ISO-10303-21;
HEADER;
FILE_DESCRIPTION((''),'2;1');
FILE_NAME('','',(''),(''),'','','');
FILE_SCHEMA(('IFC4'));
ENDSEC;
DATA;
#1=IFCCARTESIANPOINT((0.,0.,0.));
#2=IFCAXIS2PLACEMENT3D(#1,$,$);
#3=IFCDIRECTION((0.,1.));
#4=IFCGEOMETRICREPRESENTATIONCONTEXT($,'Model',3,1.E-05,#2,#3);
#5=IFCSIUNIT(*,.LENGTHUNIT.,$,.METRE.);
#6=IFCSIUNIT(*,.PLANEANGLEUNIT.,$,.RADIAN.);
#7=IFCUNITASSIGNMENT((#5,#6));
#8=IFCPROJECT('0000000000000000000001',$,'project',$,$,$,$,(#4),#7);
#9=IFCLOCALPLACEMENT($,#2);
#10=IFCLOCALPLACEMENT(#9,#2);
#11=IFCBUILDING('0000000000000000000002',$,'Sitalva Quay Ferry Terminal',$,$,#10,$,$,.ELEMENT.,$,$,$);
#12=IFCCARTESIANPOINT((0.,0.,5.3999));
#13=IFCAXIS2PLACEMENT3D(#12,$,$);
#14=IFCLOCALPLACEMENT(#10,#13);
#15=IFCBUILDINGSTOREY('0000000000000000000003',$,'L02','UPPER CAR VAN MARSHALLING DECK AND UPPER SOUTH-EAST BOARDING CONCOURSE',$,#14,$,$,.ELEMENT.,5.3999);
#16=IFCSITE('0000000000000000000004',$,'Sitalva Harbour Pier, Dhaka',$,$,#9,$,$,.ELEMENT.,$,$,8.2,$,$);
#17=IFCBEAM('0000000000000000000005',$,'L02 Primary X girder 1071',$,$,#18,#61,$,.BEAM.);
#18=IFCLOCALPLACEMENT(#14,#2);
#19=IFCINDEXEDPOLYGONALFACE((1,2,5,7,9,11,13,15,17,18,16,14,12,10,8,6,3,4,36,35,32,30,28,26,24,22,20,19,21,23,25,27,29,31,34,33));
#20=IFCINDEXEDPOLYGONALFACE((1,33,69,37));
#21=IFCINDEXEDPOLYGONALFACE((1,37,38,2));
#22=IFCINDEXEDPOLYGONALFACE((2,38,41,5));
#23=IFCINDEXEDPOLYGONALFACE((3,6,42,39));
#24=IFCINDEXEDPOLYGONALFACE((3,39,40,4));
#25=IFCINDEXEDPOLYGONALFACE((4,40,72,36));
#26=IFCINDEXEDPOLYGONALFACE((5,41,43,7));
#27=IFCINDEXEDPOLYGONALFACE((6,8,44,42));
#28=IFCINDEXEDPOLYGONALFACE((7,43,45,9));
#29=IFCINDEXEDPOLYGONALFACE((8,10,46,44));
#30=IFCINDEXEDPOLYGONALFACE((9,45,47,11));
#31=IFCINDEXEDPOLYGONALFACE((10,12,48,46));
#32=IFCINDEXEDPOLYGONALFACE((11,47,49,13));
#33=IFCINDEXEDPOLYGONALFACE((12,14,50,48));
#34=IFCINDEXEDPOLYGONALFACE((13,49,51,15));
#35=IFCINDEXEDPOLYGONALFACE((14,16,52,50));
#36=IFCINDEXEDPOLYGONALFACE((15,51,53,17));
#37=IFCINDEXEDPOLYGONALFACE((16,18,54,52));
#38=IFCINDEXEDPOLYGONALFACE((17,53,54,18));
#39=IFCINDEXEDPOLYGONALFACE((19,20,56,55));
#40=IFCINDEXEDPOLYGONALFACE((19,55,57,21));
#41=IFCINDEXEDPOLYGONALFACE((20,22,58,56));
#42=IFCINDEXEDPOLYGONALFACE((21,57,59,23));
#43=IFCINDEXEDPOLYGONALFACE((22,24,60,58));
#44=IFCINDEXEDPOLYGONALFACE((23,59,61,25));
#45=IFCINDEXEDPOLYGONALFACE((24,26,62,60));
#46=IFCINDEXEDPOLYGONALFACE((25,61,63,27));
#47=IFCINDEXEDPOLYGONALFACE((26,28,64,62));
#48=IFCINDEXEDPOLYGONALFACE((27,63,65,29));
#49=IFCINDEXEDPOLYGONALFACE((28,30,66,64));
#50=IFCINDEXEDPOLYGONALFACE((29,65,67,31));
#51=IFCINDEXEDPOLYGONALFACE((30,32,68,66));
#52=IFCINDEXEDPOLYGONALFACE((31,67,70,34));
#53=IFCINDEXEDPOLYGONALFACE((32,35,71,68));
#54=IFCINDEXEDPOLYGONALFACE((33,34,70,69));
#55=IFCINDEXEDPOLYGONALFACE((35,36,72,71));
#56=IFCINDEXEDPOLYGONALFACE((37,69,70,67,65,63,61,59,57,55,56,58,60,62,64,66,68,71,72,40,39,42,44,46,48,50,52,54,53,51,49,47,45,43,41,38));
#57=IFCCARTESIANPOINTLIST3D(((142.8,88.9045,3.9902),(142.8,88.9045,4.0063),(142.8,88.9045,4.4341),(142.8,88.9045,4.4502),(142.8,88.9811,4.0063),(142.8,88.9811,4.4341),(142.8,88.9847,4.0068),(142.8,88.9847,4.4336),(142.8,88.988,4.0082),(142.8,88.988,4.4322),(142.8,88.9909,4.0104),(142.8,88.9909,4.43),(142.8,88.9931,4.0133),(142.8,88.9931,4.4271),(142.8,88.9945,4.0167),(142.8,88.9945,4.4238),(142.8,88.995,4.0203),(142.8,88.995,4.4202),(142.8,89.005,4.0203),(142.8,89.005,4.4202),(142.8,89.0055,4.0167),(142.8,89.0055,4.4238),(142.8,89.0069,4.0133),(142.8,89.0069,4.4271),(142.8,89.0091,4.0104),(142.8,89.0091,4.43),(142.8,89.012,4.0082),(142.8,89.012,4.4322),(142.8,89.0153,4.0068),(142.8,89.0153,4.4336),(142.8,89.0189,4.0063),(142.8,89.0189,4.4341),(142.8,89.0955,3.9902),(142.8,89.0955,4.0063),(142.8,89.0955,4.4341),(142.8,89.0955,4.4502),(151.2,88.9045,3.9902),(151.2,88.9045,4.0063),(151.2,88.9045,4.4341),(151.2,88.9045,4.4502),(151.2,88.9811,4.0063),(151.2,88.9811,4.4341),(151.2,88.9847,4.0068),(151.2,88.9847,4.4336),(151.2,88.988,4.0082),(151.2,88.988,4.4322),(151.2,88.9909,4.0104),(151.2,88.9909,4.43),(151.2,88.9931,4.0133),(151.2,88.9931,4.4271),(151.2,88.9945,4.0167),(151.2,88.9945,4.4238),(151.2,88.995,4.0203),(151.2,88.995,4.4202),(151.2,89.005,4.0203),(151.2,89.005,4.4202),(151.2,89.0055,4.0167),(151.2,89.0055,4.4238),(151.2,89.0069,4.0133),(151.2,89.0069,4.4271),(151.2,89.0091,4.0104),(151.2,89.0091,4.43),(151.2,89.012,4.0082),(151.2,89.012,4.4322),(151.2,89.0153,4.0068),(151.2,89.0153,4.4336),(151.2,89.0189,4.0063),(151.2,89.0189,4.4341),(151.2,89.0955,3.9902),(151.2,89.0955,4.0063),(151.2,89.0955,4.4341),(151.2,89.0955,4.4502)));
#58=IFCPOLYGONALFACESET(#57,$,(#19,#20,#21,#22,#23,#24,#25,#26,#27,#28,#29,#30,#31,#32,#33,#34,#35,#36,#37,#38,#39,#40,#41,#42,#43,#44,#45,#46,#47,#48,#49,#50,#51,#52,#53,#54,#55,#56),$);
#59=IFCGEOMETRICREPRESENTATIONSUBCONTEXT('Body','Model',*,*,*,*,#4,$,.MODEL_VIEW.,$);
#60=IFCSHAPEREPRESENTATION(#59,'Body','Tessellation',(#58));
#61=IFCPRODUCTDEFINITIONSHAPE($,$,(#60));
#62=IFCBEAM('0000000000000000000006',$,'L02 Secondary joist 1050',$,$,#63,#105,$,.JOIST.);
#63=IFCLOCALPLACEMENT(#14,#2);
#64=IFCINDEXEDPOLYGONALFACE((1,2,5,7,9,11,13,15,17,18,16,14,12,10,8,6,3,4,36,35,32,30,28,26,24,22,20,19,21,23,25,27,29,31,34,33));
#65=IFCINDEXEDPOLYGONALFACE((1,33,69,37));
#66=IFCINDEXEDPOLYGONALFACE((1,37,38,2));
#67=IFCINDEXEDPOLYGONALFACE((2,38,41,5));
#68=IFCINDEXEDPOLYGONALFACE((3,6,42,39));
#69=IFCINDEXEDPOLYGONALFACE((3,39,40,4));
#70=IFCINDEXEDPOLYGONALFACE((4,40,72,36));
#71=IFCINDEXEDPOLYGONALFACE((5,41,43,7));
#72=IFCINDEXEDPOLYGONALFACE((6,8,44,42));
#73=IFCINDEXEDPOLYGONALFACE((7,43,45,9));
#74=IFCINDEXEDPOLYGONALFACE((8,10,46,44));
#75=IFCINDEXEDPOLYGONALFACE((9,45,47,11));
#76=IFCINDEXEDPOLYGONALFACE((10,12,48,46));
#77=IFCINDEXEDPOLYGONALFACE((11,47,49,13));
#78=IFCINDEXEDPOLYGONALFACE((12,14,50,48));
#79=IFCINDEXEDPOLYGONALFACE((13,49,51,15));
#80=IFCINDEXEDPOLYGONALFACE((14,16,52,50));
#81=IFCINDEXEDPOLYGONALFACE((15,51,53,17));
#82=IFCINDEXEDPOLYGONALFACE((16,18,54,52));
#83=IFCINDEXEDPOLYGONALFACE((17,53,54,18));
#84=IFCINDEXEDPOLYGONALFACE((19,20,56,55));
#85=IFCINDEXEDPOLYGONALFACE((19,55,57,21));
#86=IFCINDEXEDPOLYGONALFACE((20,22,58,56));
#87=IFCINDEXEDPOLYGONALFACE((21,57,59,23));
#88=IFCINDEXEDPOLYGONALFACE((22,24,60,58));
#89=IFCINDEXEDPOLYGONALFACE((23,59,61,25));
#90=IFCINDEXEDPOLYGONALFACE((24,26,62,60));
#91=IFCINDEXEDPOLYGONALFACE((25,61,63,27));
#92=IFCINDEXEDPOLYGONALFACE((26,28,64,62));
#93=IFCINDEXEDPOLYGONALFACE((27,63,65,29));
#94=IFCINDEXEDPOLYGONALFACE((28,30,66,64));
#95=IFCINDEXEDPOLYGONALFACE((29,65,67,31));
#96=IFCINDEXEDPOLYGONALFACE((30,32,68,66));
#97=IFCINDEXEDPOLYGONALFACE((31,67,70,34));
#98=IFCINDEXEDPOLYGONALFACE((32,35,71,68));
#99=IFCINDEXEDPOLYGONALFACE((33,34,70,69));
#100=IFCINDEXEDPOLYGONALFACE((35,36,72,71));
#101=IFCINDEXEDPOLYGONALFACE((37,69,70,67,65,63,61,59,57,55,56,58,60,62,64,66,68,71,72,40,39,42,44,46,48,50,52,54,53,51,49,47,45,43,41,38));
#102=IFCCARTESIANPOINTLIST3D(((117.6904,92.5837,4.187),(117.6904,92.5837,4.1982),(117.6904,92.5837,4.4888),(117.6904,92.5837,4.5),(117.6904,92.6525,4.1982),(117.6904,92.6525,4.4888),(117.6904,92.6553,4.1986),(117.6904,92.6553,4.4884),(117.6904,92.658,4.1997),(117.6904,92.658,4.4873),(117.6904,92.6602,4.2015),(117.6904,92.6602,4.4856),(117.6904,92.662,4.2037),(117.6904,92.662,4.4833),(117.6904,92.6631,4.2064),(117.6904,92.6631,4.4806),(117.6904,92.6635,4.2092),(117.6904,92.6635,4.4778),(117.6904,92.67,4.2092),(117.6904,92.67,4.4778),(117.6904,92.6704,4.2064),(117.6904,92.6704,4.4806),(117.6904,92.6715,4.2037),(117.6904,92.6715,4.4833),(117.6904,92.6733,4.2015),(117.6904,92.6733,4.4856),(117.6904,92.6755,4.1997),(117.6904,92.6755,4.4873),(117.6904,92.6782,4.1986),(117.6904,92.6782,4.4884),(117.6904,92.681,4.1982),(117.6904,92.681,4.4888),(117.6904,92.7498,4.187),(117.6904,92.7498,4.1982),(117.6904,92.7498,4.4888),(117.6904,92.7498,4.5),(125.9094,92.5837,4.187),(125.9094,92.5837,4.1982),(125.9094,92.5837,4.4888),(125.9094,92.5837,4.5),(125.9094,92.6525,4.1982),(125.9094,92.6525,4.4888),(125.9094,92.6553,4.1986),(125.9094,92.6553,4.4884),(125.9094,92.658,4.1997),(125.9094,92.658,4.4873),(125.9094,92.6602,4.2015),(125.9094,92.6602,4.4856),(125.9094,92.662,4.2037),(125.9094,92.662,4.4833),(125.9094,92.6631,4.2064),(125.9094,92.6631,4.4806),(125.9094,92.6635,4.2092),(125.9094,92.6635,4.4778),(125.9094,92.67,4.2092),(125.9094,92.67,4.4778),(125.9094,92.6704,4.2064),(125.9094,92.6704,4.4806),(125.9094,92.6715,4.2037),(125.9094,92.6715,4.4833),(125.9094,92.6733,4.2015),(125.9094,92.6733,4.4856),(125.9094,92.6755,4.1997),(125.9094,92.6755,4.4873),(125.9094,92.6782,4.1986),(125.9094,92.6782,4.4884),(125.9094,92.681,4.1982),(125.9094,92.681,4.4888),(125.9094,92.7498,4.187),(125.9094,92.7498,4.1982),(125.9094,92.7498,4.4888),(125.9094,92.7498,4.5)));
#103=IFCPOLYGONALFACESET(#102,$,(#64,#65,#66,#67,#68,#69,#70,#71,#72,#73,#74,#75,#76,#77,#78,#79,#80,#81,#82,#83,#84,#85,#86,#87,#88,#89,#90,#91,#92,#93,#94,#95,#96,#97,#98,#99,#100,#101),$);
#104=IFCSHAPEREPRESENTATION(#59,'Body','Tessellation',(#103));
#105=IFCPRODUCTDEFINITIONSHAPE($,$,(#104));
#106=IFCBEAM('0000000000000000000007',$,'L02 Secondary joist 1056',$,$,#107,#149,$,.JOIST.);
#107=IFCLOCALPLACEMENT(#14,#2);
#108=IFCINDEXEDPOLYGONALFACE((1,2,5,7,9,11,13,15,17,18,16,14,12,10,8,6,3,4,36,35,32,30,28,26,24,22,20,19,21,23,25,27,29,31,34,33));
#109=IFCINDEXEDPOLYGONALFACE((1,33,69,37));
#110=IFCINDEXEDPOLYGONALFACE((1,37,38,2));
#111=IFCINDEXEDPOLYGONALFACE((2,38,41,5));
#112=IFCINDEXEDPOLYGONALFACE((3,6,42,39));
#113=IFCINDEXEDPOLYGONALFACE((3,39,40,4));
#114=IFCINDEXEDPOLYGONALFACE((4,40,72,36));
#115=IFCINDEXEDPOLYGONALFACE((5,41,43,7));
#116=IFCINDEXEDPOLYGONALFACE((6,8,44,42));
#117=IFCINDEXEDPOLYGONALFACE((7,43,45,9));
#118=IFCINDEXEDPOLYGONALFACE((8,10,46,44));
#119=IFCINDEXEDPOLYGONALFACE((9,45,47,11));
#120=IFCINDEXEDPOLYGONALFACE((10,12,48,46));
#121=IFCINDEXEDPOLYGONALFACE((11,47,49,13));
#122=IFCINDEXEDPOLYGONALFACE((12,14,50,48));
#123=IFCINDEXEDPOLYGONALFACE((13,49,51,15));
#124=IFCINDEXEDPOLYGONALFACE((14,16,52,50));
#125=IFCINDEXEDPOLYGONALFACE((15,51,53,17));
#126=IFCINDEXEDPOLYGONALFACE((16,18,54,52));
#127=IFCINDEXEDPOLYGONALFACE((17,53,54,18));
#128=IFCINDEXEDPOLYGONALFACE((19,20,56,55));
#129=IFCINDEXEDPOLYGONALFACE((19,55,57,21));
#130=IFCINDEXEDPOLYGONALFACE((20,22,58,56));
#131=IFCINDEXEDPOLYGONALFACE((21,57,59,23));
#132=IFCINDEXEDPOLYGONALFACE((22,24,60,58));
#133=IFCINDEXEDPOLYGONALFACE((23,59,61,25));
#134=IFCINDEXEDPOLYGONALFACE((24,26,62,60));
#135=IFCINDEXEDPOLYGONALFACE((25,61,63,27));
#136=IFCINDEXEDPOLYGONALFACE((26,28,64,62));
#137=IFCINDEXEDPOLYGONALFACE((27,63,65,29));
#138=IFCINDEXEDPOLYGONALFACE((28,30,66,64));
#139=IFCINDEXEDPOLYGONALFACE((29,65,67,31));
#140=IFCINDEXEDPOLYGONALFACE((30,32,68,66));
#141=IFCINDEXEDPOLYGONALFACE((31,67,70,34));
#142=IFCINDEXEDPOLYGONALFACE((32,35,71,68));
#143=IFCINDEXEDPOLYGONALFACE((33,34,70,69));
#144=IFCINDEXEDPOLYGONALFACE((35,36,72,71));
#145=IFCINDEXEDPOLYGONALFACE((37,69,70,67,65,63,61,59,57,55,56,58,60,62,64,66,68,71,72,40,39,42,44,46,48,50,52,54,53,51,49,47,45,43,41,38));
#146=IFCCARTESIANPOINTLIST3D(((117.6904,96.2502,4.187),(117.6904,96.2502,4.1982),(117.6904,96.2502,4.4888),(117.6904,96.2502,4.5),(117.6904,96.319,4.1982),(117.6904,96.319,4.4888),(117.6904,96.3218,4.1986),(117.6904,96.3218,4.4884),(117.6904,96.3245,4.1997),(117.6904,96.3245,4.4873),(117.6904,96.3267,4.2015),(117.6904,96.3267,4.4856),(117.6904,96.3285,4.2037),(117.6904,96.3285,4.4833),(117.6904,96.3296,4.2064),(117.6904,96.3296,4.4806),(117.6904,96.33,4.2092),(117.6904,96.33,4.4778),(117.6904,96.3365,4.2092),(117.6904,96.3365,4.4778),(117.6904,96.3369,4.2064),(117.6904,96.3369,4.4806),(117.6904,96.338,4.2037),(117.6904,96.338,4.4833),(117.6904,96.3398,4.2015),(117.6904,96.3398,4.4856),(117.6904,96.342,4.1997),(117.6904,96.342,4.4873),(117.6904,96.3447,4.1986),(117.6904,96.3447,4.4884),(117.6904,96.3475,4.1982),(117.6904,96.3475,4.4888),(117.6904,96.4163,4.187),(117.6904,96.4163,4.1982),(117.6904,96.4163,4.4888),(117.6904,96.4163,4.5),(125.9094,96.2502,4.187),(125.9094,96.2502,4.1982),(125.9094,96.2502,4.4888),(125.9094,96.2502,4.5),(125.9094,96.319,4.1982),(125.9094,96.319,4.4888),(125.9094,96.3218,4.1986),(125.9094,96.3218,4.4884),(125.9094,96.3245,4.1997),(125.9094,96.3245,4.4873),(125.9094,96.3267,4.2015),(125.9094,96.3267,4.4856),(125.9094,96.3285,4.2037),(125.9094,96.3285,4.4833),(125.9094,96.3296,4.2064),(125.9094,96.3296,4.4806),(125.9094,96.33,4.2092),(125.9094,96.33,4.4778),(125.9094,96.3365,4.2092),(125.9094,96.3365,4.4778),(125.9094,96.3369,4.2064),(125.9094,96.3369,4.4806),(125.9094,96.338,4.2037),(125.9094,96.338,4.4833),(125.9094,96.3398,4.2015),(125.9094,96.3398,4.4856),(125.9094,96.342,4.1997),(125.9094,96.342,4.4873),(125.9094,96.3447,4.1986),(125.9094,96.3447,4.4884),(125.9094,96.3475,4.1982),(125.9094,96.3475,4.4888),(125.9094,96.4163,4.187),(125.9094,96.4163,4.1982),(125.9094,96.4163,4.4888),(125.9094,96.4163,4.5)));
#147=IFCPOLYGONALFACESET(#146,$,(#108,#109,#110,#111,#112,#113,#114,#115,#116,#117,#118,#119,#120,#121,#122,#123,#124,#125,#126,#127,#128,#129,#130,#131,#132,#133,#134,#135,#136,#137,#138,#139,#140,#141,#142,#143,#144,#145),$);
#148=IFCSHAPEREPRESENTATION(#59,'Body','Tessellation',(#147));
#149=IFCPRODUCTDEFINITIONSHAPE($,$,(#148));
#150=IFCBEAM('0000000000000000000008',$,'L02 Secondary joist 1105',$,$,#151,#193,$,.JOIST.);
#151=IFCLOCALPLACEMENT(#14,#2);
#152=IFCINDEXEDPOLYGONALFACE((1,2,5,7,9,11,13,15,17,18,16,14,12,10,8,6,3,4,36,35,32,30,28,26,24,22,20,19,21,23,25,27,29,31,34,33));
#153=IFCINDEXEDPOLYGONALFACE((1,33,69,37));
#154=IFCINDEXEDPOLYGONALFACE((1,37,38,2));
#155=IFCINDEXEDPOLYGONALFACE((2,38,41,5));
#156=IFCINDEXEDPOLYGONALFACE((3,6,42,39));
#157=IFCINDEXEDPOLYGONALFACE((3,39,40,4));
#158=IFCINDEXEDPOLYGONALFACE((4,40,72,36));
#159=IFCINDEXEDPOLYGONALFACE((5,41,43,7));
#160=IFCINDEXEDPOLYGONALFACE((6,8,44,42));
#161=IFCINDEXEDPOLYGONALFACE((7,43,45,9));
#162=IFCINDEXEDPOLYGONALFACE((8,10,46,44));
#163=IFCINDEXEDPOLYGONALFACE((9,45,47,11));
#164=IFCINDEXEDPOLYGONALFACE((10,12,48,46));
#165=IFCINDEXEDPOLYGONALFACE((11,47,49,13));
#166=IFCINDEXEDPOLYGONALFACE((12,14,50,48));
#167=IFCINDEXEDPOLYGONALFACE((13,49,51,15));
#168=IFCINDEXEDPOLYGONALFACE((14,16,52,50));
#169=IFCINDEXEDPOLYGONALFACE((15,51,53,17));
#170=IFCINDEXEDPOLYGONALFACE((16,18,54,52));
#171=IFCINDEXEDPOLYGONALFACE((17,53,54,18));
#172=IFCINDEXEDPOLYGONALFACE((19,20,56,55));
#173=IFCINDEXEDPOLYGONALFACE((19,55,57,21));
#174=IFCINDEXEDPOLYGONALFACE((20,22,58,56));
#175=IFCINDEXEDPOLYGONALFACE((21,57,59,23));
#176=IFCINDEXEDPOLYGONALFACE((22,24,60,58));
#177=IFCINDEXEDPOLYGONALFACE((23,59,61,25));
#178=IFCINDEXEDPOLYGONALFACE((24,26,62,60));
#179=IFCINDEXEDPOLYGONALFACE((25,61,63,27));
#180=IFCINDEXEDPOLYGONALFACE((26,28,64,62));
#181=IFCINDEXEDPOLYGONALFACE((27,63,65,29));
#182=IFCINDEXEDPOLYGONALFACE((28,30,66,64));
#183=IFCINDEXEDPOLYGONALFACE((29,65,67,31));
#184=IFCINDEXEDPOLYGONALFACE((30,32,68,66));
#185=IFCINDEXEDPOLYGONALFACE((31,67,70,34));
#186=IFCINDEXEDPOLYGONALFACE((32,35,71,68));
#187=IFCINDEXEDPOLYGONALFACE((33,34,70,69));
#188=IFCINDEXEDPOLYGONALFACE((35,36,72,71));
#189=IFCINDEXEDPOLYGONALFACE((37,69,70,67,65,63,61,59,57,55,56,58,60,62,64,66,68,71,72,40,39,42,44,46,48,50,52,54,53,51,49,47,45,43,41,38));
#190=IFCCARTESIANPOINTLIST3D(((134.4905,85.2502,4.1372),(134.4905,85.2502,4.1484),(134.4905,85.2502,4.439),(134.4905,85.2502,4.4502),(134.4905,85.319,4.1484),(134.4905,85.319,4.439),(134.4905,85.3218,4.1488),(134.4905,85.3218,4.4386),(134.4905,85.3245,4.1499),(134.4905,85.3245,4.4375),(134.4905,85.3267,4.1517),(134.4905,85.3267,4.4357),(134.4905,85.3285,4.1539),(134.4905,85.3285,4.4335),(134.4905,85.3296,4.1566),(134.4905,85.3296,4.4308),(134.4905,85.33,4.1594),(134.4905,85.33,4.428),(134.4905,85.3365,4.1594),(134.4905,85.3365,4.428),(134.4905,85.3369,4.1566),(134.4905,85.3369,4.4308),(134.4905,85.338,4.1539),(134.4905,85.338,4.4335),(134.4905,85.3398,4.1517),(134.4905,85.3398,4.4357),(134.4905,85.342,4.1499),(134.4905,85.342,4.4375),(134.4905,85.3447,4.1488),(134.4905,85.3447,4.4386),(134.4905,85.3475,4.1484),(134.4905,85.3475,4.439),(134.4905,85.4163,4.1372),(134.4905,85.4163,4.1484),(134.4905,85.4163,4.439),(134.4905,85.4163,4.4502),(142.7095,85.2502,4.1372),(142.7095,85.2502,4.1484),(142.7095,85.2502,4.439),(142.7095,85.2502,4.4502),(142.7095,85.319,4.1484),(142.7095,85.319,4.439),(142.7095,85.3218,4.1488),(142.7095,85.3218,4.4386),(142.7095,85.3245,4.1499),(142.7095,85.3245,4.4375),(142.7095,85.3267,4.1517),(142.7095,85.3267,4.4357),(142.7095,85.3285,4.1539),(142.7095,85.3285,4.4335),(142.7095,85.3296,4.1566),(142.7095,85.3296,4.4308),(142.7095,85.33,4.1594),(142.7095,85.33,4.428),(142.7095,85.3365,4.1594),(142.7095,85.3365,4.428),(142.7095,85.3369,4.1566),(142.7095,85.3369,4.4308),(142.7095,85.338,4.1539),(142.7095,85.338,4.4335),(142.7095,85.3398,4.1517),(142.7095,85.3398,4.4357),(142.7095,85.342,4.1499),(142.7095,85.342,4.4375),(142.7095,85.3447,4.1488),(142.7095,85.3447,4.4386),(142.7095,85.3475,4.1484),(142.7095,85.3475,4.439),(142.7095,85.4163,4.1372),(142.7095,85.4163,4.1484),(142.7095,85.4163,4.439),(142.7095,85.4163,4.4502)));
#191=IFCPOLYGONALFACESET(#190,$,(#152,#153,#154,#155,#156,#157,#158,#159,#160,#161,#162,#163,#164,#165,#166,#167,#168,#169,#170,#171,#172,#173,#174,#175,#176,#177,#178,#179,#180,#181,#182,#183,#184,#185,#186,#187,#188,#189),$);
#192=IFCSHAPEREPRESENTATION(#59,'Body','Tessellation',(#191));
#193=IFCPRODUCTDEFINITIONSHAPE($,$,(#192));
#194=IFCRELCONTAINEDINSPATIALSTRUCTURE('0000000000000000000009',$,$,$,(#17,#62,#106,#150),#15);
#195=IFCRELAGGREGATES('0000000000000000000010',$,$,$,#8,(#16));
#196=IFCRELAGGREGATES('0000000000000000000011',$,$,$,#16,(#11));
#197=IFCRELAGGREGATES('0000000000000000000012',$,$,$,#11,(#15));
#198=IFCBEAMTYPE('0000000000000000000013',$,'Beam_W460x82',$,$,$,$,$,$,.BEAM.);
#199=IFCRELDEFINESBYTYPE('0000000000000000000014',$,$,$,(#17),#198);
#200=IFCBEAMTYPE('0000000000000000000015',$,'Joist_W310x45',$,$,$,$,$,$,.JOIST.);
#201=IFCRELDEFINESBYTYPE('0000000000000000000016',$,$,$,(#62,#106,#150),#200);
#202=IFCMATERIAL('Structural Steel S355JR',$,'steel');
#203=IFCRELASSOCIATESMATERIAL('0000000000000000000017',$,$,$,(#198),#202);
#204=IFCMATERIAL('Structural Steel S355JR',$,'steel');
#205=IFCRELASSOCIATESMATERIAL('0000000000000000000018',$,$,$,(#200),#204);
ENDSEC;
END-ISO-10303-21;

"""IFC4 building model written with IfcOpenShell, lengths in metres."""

from ifc_helpers import new_model, si_unit, direction, frame, origin, origin_2d, place, context, subcontext, project, spatial, i_section, extrude, material, material_profile, profile_set, type_object, element, save


model = new_model("IFC4")

# Units and contexts
model_context = context("Model", 3, precision=1e-05, world=origin(), true_north=direction((0.0, 1.0)))
body_context = subcontext(model_context, "Body", "Model", "MODEL_VIEW")
ifc_project = project(units=[si_unit("LENGTHUNIT", "METRE"), si_unit("PLANEANGLEUNIT", "RADIAN")], contexts=[model_context])

# Site, building, storey
site_placement = place(None, origin())
site = spatial("IfcSite", under=ifc_project, at=site_placement, Name="Sitalva Harbour Pier, Dhaka", CompositionType="ELEMENT", RefElevation=8.2)
building_placement = place(site_placement, origin())
building = spatial("IfcBuilding", under=site, at=building_placement, Name="Sitalva Quay Ferry Terminal", CompositionType="ELEMENT")
storey_placement = place(building_placement, frame((0.0, 0.0, 5.3999)))
storey = spatial("IfcBuildingStorey", under=building, at=storey_placement, Name="L02", Description="UPPER CAR VAN MARSHALLING DECK AND UPPER SOUTH-EAST BOARDING CONCOURSE", CompositionType="ELEMENT", Elevation=5.3999)

# Beams
ifc_material_1 = material(Name="Structural Steel S355JR", Category="steel")
ifc_material_profile_1 = material_profile(ifc_material_1, i_section(OverallWidth=0.1909, OverallDepth=0.46, WebThickness=0.01, FlangeThickness=0.0161, FilletRadius=0.0139, at=origin_2d()), Name="W460x82")
ifc_profile_set_1 = profile_set([ifc_material_profile_1], Name="Structural Steel S355JR")
beam_type_1 = type_object("IfcBeamType", Name="Beam_W460x82", PredefinedType="BEAM", material=ifc_profile_set_1)
beam_1_placement = place(storey_placement, frame((142.8, 89.0, 4.2202), z_axis=(1.0, 0.0, 0.0), x_axis=(0.0, 1.0, 0.0)))
element("IfcBeam", 1, at=beam_1_placement, inside=storey, type_object=beam_type_1, Name="L02 Primary X girder 1071", PredefinedType="BEAM", context=body_context, shape_type="SweptSolid", body=[
    extrude(i_section(OverallWidth=0.1909, OverallDepth=0.46, WebThickness=0.01, FlangeThickness=0.0161, FilletRadius=0.0139, at=origin_2d()), origin(), (0.0, 0.0, 1.0), 8.3999),
])
ifc_material_2 = material(Name="Structural Steel S355JR", Category="steel")
ifc_material_profile_2 = material_profile(ifc_material_2, i_section(OverallWidth=0.166, OverallDepth=0.313, WebThickness=0.0066, FlangeThickness=0.0112, FilletRadius=0.011, at=origin_2d()), Name="W310x45")
ifc_profile_set_2 = profile_set([ifc_material_profile_2], Name="Structural Steel S355JR")
beam_type_2 = type_object("IfcBeamType", Name="Joist_W310x45", PredefinedType="JOIST", material=ifc_profile_set_2)
for number, where, z_axis, x_axis, name in (
    (2, (117.6904, 92.6667, 4.3435), (1.0, 0.0, 0.0), (0.0, 1.0, 0.0), "L02 Secondary joist 1050"),
    (3, (117.6904, 96.3333, 4.3435), (1.0, 0.0, 0.0), (0.0, 1.0, 0.0), "L02 Secondary joist 1056"),
    (4, (134.4905, 85.3333, 4.2937), (1.0, 0.0, 0.0), (0.0, 1.0, 0.0), "L02 Secondary joist 1105"),
):
    element("IfcBeam", number, at=place(storey_placement, frame(where, z_axis=z_axis, x_axis=x_axis)), inside=storey, type_object=beam_type_2, Name=name, PredefinedType="JOIST", context=body_context, shape_type="SweptSolid", body=[
        extrude(i_section(OverallWidth=0.166, OverallDepth=0.313, WebThickness=0.0066, FlangeThickness=0.0112, FilletRadius=0.011, at=origin_2d()), origin(), (0.0, 0.0, 1.0), 8.219),
    ])

save(model, "model.ifc")
